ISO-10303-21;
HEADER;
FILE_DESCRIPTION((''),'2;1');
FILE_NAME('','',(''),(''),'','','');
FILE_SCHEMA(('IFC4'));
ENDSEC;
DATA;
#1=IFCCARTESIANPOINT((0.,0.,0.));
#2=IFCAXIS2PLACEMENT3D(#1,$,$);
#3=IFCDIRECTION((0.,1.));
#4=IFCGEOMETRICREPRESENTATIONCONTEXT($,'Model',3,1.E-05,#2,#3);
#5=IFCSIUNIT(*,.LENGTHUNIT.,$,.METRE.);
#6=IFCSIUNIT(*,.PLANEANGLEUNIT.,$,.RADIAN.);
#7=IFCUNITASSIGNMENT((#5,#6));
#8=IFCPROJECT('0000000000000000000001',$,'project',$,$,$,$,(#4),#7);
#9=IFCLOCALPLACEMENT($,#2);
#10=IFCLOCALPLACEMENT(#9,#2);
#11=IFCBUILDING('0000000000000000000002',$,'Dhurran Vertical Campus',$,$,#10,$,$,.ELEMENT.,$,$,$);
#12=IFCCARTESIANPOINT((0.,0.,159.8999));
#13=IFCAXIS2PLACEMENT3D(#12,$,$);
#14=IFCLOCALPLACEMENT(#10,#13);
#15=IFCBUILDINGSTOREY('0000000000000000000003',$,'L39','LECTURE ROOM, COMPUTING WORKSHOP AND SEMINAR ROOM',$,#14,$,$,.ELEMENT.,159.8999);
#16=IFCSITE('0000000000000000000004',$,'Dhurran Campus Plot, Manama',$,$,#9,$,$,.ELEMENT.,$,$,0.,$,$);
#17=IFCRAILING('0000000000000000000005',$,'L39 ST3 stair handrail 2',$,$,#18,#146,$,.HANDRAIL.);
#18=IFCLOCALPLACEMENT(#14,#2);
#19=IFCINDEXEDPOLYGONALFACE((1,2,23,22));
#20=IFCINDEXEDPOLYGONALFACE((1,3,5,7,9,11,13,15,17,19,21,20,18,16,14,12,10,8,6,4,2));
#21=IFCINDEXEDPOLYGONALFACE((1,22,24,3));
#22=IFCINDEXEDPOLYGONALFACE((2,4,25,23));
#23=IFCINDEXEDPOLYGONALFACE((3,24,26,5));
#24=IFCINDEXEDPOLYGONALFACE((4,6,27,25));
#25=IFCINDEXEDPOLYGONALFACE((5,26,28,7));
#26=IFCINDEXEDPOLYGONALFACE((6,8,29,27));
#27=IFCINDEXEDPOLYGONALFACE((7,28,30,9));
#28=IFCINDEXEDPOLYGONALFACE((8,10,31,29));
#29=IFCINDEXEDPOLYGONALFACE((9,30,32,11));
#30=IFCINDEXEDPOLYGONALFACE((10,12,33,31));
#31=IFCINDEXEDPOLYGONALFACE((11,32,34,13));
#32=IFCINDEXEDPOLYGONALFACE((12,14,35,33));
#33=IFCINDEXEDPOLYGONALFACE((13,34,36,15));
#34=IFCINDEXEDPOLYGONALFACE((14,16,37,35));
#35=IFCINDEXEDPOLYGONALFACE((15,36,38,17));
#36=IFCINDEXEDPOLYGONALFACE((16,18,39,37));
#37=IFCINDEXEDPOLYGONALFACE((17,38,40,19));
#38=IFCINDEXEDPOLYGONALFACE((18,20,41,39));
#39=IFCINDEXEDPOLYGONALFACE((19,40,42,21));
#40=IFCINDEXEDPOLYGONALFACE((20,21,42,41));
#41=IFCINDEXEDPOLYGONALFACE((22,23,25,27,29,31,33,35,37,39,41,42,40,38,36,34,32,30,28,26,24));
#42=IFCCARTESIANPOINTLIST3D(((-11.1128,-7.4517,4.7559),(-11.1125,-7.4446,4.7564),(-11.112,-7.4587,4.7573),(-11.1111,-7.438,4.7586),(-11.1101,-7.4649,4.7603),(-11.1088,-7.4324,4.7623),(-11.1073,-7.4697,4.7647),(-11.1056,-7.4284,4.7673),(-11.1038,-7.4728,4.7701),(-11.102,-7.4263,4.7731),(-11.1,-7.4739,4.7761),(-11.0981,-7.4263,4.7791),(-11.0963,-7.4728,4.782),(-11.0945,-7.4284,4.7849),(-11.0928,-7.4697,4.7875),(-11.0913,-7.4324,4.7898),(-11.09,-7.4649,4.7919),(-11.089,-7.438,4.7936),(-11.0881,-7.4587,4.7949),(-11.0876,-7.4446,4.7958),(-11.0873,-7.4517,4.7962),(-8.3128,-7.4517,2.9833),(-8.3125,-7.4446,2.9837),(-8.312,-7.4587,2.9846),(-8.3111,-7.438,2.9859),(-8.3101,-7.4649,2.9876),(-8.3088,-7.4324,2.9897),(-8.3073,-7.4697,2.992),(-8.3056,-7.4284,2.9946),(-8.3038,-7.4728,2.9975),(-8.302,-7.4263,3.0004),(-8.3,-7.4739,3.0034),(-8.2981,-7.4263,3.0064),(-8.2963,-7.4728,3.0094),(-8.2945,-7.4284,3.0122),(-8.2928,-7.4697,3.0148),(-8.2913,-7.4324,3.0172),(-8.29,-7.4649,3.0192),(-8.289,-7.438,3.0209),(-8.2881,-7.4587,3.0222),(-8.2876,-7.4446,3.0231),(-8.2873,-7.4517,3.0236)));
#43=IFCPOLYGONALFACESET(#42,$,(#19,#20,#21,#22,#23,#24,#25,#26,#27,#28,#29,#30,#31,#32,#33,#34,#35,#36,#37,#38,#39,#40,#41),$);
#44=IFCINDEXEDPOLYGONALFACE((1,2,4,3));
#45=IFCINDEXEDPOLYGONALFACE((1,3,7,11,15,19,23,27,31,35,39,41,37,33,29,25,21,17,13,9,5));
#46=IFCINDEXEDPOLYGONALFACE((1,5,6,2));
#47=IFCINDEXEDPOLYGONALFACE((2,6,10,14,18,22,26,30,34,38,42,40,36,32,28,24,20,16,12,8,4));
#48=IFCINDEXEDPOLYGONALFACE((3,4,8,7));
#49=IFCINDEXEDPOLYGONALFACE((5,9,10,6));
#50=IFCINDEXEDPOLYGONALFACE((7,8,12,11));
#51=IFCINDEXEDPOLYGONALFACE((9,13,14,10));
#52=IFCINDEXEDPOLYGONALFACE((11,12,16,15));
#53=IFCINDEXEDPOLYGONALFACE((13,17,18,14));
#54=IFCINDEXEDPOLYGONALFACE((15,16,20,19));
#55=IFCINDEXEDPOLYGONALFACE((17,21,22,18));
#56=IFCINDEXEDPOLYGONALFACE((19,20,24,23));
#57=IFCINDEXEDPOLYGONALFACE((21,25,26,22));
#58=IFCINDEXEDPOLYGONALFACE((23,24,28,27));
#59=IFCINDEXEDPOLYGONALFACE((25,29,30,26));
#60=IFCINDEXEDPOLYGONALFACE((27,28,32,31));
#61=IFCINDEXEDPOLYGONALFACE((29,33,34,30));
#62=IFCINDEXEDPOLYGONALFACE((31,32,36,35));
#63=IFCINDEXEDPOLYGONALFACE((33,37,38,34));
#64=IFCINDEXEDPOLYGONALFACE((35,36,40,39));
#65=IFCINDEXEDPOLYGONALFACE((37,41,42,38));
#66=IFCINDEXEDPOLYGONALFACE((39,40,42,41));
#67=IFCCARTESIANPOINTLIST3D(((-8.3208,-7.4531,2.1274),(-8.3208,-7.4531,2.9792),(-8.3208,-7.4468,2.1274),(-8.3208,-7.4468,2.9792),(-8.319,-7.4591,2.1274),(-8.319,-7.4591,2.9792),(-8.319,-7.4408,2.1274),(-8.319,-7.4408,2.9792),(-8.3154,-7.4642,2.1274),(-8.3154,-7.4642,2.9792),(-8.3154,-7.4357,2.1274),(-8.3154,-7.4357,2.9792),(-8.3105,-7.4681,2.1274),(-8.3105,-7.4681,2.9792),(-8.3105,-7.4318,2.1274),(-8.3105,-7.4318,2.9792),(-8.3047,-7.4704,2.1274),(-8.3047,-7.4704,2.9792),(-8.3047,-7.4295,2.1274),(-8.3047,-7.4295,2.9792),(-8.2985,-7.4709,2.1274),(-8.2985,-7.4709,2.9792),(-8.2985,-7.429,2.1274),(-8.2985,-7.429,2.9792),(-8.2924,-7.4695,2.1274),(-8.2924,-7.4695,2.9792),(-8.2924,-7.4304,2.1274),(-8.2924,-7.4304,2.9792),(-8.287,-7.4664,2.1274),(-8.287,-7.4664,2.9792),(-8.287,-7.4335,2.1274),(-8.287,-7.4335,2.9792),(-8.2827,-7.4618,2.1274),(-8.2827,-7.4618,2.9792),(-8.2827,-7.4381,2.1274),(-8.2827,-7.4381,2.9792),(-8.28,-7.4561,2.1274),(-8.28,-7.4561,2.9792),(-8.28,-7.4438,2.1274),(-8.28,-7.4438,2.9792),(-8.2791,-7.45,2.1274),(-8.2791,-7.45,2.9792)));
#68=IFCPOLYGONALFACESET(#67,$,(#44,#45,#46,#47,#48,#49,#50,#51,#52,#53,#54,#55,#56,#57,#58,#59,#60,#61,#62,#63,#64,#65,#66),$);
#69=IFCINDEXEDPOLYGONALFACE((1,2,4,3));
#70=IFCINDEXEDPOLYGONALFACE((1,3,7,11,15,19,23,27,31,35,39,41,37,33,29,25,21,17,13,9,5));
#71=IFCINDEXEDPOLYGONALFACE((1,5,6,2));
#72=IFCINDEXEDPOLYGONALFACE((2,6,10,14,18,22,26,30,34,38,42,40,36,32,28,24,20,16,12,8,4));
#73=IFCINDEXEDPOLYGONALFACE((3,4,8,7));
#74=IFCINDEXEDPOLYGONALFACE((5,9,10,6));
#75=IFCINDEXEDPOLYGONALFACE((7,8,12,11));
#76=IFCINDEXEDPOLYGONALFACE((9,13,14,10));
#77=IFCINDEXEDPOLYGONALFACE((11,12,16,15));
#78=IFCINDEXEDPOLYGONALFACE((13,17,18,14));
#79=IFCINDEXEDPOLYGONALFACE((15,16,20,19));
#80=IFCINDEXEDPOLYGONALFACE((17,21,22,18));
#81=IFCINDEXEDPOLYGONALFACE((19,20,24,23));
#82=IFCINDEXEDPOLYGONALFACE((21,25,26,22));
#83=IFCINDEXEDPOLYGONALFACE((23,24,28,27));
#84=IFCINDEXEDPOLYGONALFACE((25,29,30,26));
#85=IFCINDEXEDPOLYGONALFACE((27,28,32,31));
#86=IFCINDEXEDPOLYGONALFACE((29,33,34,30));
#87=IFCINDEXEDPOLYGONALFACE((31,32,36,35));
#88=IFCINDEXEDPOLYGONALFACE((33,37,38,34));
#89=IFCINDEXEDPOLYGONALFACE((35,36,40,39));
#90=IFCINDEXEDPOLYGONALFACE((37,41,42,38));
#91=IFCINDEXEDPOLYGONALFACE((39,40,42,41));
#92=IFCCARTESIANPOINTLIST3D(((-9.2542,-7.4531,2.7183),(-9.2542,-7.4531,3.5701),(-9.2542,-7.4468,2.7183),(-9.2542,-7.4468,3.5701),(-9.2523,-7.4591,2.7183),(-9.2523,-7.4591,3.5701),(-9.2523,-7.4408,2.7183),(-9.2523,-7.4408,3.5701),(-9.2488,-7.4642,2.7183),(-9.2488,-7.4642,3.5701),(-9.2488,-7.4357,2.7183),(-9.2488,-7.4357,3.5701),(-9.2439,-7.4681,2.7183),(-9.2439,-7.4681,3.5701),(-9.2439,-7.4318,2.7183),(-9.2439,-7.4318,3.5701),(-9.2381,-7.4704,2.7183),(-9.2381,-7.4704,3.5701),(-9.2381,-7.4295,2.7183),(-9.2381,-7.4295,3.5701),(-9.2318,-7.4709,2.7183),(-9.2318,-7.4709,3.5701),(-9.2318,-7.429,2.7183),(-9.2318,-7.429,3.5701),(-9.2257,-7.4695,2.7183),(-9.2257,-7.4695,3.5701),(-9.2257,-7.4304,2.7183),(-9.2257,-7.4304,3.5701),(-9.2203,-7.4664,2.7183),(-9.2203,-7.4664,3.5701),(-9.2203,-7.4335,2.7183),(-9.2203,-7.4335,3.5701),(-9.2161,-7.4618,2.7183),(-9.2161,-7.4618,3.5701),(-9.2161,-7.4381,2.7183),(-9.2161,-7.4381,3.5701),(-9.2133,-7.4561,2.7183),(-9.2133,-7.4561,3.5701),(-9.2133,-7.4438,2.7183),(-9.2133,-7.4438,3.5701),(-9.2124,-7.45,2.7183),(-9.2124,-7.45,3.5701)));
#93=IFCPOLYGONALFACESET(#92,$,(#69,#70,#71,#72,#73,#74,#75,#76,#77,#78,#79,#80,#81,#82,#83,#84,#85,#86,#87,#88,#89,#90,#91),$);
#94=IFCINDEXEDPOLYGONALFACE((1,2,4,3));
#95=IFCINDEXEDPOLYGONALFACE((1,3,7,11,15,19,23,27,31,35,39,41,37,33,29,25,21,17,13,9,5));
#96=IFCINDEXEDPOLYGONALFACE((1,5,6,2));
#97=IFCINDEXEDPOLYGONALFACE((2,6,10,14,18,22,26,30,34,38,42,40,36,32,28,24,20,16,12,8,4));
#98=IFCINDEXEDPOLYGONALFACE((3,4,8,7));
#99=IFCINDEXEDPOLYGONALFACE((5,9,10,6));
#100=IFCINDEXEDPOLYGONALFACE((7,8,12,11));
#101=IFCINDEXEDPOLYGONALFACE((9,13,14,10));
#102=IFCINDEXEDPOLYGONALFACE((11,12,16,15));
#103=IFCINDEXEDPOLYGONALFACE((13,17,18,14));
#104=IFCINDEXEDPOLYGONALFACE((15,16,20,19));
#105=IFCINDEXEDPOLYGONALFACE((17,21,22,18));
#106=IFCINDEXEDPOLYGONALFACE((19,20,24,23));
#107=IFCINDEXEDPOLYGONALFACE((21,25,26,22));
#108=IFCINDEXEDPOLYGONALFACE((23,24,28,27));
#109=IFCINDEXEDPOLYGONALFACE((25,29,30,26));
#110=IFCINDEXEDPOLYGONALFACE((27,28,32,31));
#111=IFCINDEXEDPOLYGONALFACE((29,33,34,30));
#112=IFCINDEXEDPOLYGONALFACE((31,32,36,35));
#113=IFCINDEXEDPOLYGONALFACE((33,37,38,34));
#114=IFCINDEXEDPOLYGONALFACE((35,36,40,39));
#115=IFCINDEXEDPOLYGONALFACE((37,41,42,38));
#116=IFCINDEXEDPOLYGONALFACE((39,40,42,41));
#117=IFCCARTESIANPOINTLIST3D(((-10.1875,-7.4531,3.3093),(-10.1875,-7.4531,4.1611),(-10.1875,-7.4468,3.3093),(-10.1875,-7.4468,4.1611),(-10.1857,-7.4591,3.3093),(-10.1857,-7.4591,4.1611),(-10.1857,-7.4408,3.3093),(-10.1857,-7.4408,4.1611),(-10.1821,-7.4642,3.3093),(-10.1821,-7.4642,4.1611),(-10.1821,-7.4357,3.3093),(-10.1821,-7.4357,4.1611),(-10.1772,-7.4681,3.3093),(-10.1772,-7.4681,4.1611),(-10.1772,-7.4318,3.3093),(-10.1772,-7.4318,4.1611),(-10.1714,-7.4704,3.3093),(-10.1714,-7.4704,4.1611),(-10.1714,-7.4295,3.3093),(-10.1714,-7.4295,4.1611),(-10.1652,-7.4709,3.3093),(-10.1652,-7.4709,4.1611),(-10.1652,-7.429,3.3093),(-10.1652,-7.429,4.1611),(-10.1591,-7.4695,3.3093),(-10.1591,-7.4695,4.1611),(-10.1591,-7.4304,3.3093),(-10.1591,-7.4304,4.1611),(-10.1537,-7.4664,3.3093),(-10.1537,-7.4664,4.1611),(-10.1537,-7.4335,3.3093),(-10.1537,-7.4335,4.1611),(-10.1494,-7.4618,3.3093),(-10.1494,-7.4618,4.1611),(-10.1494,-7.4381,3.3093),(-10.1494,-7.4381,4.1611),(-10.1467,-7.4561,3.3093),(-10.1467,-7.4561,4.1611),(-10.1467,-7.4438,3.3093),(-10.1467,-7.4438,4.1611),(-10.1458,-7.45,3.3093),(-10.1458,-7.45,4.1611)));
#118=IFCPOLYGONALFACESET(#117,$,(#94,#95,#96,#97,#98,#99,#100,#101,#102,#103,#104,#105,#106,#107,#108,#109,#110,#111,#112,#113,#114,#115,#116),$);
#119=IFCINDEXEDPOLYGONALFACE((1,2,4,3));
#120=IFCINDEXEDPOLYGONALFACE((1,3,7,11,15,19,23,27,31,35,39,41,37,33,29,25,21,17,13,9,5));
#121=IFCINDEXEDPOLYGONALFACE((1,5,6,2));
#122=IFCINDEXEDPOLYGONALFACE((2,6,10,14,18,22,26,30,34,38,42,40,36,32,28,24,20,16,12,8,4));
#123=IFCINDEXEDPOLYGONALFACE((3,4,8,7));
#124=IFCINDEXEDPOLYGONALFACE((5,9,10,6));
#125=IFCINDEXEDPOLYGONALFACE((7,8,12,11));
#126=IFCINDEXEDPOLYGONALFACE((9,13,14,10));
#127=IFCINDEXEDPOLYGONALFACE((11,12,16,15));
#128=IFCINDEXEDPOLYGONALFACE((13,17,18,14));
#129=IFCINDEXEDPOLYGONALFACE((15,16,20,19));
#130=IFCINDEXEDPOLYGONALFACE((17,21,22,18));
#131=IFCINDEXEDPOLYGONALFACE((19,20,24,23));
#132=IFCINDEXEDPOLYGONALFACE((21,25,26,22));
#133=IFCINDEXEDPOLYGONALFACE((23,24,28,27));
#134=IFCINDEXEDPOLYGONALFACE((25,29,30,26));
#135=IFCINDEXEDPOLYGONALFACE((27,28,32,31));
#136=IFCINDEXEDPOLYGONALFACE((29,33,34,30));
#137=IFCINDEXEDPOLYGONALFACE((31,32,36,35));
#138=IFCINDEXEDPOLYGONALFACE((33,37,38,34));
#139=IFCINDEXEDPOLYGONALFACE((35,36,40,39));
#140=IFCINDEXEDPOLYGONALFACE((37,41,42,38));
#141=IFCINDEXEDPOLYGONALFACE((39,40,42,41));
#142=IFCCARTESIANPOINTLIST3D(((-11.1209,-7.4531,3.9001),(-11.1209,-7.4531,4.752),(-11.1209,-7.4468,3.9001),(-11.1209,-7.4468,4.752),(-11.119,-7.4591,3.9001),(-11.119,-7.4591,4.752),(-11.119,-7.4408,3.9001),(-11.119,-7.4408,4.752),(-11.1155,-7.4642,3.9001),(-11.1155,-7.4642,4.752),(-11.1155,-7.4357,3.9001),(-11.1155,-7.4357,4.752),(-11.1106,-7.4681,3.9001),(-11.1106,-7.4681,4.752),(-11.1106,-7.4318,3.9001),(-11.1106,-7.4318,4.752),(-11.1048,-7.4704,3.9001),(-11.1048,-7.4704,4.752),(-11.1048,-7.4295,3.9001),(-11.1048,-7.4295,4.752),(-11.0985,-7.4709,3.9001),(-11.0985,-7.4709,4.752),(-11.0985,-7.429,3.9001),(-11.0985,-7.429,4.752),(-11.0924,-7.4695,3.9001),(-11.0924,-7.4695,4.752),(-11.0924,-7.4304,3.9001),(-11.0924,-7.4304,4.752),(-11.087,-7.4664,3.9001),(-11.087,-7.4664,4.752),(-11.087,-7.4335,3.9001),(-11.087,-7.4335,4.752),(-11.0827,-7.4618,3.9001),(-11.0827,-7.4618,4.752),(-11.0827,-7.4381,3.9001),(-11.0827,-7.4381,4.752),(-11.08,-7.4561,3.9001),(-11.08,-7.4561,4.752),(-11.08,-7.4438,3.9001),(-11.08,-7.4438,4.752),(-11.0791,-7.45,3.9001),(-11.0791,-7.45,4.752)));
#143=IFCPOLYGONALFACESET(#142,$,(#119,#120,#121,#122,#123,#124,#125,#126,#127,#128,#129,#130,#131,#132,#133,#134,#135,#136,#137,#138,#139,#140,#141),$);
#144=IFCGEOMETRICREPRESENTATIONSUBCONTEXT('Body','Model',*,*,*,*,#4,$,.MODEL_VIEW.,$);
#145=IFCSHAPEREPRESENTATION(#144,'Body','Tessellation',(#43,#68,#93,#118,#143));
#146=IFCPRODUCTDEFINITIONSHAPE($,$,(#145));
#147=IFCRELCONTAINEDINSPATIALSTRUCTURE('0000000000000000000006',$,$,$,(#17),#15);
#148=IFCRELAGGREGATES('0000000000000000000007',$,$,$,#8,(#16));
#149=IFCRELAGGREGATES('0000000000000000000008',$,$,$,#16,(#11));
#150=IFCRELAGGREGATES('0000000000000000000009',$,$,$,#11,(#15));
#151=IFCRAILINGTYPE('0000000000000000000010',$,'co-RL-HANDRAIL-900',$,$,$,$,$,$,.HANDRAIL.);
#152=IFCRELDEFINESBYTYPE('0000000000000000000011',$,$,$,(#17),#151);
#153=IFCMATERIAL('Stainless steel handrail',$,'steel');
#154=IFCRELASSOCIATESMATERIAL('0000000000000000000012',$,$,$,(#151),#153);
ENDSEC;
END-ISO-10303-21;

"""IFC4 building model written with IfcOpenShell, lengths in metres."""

from ifc_helpers import new_model, si_unit, direction, frame, origin, origin_2d, place, context, subcontext, project, spatial, circle, extrude, material, type_object, element, save


model = new_model("IFC4")

# Units and contexts
model_context = context("Model", 3, precision=1e-05, world=origin(), true_north=direction((0.0, 1.0)))
body_context = subcontext(model_context, "Body", "Model", "MODEL_VIEW")
ifc_project = project(units=[si_unit("LENGTHUNIT", "METRE"), si_unit("PLANEANGLEUNIT", "RADIAN")], contexts=[model_context])

# Site, building, storey
site_placement = place(None, origin())
site = spatial("IfcSite", under=ifc_project, at=site_placement, Name="Dhurran Campus Plot, Manama", CompositionType="ELEMENT", RefElevation=0.0)
building_placement = place(site_placement, origin())
building = spatial("IfcBuilding", under=site, at=building_placement, Name="Dhurran Vertical Campus", CompositionType="ELEMENT")
storey_placement = place(building_placement, frame((0.0, 0.0, 159.8999)))
storey = spatial("IfcBuildingStorey", under=building, at=storey_placement, Name="L39", Description="LECTURE ROOM, COMPUTING WORKSHOP AND SEMINAR ROOM", CompositionType="ELEMENT", Elevation=159.8999)

# Railing
ifc_material_1 = material(Name="Stainless steel handrail", Category="steel")
railing_type_1 = type_object("IfcRailingType", Name="co-RL-HANDRAIL-900", PredefinedType="HANDRAIL", material=ifc_material_1)
railing_1_placement = place(storey_placement, frame((-8.3, -7.45, 2.1274)))
element("IfcRailing", 1, at=railing_1_placement, inside=storey, type_object=railing_type_1, Name="L39 ST3 stair handrail 2", PredefinedType="HANDRAIL", context=body_context, shape_type="SweptSolid", body=[
    extrude(circle(Radius=0.0239, at=origin_2d()), frame((0.0, 0.0, 0.876), z_axis=(-0.844909, 0.0, 0.53491), x_axis=(0.0, -1.0, 0.0)), (0.0, 0.0, 1.0), 3.314),
    extrude(circle(Radius=0.021, at=origin_2d()), origin(), (0.0, 0.0, 1.0), 0.8518),
    extrude(circle(Radius=0.021, at=origin_2d()), frame((-0.9333, 0.0, 0.5908)), (0.0, 0.0, 1.0), 0.8518),
    extrude(circle(Radius=0.021, at=origin_2d()), frame((-1.8667, 0.0, 1.1819)), (0.0, 0.0, 1.0), 0.8518),
    extrude(circle(Radius=0.021, at=origin_2d()), frame((-2.8, 0.0, 1.7727)), (0.0, 0.0, 1.0), 0.8518),
])

save(model, "model.ifc")
